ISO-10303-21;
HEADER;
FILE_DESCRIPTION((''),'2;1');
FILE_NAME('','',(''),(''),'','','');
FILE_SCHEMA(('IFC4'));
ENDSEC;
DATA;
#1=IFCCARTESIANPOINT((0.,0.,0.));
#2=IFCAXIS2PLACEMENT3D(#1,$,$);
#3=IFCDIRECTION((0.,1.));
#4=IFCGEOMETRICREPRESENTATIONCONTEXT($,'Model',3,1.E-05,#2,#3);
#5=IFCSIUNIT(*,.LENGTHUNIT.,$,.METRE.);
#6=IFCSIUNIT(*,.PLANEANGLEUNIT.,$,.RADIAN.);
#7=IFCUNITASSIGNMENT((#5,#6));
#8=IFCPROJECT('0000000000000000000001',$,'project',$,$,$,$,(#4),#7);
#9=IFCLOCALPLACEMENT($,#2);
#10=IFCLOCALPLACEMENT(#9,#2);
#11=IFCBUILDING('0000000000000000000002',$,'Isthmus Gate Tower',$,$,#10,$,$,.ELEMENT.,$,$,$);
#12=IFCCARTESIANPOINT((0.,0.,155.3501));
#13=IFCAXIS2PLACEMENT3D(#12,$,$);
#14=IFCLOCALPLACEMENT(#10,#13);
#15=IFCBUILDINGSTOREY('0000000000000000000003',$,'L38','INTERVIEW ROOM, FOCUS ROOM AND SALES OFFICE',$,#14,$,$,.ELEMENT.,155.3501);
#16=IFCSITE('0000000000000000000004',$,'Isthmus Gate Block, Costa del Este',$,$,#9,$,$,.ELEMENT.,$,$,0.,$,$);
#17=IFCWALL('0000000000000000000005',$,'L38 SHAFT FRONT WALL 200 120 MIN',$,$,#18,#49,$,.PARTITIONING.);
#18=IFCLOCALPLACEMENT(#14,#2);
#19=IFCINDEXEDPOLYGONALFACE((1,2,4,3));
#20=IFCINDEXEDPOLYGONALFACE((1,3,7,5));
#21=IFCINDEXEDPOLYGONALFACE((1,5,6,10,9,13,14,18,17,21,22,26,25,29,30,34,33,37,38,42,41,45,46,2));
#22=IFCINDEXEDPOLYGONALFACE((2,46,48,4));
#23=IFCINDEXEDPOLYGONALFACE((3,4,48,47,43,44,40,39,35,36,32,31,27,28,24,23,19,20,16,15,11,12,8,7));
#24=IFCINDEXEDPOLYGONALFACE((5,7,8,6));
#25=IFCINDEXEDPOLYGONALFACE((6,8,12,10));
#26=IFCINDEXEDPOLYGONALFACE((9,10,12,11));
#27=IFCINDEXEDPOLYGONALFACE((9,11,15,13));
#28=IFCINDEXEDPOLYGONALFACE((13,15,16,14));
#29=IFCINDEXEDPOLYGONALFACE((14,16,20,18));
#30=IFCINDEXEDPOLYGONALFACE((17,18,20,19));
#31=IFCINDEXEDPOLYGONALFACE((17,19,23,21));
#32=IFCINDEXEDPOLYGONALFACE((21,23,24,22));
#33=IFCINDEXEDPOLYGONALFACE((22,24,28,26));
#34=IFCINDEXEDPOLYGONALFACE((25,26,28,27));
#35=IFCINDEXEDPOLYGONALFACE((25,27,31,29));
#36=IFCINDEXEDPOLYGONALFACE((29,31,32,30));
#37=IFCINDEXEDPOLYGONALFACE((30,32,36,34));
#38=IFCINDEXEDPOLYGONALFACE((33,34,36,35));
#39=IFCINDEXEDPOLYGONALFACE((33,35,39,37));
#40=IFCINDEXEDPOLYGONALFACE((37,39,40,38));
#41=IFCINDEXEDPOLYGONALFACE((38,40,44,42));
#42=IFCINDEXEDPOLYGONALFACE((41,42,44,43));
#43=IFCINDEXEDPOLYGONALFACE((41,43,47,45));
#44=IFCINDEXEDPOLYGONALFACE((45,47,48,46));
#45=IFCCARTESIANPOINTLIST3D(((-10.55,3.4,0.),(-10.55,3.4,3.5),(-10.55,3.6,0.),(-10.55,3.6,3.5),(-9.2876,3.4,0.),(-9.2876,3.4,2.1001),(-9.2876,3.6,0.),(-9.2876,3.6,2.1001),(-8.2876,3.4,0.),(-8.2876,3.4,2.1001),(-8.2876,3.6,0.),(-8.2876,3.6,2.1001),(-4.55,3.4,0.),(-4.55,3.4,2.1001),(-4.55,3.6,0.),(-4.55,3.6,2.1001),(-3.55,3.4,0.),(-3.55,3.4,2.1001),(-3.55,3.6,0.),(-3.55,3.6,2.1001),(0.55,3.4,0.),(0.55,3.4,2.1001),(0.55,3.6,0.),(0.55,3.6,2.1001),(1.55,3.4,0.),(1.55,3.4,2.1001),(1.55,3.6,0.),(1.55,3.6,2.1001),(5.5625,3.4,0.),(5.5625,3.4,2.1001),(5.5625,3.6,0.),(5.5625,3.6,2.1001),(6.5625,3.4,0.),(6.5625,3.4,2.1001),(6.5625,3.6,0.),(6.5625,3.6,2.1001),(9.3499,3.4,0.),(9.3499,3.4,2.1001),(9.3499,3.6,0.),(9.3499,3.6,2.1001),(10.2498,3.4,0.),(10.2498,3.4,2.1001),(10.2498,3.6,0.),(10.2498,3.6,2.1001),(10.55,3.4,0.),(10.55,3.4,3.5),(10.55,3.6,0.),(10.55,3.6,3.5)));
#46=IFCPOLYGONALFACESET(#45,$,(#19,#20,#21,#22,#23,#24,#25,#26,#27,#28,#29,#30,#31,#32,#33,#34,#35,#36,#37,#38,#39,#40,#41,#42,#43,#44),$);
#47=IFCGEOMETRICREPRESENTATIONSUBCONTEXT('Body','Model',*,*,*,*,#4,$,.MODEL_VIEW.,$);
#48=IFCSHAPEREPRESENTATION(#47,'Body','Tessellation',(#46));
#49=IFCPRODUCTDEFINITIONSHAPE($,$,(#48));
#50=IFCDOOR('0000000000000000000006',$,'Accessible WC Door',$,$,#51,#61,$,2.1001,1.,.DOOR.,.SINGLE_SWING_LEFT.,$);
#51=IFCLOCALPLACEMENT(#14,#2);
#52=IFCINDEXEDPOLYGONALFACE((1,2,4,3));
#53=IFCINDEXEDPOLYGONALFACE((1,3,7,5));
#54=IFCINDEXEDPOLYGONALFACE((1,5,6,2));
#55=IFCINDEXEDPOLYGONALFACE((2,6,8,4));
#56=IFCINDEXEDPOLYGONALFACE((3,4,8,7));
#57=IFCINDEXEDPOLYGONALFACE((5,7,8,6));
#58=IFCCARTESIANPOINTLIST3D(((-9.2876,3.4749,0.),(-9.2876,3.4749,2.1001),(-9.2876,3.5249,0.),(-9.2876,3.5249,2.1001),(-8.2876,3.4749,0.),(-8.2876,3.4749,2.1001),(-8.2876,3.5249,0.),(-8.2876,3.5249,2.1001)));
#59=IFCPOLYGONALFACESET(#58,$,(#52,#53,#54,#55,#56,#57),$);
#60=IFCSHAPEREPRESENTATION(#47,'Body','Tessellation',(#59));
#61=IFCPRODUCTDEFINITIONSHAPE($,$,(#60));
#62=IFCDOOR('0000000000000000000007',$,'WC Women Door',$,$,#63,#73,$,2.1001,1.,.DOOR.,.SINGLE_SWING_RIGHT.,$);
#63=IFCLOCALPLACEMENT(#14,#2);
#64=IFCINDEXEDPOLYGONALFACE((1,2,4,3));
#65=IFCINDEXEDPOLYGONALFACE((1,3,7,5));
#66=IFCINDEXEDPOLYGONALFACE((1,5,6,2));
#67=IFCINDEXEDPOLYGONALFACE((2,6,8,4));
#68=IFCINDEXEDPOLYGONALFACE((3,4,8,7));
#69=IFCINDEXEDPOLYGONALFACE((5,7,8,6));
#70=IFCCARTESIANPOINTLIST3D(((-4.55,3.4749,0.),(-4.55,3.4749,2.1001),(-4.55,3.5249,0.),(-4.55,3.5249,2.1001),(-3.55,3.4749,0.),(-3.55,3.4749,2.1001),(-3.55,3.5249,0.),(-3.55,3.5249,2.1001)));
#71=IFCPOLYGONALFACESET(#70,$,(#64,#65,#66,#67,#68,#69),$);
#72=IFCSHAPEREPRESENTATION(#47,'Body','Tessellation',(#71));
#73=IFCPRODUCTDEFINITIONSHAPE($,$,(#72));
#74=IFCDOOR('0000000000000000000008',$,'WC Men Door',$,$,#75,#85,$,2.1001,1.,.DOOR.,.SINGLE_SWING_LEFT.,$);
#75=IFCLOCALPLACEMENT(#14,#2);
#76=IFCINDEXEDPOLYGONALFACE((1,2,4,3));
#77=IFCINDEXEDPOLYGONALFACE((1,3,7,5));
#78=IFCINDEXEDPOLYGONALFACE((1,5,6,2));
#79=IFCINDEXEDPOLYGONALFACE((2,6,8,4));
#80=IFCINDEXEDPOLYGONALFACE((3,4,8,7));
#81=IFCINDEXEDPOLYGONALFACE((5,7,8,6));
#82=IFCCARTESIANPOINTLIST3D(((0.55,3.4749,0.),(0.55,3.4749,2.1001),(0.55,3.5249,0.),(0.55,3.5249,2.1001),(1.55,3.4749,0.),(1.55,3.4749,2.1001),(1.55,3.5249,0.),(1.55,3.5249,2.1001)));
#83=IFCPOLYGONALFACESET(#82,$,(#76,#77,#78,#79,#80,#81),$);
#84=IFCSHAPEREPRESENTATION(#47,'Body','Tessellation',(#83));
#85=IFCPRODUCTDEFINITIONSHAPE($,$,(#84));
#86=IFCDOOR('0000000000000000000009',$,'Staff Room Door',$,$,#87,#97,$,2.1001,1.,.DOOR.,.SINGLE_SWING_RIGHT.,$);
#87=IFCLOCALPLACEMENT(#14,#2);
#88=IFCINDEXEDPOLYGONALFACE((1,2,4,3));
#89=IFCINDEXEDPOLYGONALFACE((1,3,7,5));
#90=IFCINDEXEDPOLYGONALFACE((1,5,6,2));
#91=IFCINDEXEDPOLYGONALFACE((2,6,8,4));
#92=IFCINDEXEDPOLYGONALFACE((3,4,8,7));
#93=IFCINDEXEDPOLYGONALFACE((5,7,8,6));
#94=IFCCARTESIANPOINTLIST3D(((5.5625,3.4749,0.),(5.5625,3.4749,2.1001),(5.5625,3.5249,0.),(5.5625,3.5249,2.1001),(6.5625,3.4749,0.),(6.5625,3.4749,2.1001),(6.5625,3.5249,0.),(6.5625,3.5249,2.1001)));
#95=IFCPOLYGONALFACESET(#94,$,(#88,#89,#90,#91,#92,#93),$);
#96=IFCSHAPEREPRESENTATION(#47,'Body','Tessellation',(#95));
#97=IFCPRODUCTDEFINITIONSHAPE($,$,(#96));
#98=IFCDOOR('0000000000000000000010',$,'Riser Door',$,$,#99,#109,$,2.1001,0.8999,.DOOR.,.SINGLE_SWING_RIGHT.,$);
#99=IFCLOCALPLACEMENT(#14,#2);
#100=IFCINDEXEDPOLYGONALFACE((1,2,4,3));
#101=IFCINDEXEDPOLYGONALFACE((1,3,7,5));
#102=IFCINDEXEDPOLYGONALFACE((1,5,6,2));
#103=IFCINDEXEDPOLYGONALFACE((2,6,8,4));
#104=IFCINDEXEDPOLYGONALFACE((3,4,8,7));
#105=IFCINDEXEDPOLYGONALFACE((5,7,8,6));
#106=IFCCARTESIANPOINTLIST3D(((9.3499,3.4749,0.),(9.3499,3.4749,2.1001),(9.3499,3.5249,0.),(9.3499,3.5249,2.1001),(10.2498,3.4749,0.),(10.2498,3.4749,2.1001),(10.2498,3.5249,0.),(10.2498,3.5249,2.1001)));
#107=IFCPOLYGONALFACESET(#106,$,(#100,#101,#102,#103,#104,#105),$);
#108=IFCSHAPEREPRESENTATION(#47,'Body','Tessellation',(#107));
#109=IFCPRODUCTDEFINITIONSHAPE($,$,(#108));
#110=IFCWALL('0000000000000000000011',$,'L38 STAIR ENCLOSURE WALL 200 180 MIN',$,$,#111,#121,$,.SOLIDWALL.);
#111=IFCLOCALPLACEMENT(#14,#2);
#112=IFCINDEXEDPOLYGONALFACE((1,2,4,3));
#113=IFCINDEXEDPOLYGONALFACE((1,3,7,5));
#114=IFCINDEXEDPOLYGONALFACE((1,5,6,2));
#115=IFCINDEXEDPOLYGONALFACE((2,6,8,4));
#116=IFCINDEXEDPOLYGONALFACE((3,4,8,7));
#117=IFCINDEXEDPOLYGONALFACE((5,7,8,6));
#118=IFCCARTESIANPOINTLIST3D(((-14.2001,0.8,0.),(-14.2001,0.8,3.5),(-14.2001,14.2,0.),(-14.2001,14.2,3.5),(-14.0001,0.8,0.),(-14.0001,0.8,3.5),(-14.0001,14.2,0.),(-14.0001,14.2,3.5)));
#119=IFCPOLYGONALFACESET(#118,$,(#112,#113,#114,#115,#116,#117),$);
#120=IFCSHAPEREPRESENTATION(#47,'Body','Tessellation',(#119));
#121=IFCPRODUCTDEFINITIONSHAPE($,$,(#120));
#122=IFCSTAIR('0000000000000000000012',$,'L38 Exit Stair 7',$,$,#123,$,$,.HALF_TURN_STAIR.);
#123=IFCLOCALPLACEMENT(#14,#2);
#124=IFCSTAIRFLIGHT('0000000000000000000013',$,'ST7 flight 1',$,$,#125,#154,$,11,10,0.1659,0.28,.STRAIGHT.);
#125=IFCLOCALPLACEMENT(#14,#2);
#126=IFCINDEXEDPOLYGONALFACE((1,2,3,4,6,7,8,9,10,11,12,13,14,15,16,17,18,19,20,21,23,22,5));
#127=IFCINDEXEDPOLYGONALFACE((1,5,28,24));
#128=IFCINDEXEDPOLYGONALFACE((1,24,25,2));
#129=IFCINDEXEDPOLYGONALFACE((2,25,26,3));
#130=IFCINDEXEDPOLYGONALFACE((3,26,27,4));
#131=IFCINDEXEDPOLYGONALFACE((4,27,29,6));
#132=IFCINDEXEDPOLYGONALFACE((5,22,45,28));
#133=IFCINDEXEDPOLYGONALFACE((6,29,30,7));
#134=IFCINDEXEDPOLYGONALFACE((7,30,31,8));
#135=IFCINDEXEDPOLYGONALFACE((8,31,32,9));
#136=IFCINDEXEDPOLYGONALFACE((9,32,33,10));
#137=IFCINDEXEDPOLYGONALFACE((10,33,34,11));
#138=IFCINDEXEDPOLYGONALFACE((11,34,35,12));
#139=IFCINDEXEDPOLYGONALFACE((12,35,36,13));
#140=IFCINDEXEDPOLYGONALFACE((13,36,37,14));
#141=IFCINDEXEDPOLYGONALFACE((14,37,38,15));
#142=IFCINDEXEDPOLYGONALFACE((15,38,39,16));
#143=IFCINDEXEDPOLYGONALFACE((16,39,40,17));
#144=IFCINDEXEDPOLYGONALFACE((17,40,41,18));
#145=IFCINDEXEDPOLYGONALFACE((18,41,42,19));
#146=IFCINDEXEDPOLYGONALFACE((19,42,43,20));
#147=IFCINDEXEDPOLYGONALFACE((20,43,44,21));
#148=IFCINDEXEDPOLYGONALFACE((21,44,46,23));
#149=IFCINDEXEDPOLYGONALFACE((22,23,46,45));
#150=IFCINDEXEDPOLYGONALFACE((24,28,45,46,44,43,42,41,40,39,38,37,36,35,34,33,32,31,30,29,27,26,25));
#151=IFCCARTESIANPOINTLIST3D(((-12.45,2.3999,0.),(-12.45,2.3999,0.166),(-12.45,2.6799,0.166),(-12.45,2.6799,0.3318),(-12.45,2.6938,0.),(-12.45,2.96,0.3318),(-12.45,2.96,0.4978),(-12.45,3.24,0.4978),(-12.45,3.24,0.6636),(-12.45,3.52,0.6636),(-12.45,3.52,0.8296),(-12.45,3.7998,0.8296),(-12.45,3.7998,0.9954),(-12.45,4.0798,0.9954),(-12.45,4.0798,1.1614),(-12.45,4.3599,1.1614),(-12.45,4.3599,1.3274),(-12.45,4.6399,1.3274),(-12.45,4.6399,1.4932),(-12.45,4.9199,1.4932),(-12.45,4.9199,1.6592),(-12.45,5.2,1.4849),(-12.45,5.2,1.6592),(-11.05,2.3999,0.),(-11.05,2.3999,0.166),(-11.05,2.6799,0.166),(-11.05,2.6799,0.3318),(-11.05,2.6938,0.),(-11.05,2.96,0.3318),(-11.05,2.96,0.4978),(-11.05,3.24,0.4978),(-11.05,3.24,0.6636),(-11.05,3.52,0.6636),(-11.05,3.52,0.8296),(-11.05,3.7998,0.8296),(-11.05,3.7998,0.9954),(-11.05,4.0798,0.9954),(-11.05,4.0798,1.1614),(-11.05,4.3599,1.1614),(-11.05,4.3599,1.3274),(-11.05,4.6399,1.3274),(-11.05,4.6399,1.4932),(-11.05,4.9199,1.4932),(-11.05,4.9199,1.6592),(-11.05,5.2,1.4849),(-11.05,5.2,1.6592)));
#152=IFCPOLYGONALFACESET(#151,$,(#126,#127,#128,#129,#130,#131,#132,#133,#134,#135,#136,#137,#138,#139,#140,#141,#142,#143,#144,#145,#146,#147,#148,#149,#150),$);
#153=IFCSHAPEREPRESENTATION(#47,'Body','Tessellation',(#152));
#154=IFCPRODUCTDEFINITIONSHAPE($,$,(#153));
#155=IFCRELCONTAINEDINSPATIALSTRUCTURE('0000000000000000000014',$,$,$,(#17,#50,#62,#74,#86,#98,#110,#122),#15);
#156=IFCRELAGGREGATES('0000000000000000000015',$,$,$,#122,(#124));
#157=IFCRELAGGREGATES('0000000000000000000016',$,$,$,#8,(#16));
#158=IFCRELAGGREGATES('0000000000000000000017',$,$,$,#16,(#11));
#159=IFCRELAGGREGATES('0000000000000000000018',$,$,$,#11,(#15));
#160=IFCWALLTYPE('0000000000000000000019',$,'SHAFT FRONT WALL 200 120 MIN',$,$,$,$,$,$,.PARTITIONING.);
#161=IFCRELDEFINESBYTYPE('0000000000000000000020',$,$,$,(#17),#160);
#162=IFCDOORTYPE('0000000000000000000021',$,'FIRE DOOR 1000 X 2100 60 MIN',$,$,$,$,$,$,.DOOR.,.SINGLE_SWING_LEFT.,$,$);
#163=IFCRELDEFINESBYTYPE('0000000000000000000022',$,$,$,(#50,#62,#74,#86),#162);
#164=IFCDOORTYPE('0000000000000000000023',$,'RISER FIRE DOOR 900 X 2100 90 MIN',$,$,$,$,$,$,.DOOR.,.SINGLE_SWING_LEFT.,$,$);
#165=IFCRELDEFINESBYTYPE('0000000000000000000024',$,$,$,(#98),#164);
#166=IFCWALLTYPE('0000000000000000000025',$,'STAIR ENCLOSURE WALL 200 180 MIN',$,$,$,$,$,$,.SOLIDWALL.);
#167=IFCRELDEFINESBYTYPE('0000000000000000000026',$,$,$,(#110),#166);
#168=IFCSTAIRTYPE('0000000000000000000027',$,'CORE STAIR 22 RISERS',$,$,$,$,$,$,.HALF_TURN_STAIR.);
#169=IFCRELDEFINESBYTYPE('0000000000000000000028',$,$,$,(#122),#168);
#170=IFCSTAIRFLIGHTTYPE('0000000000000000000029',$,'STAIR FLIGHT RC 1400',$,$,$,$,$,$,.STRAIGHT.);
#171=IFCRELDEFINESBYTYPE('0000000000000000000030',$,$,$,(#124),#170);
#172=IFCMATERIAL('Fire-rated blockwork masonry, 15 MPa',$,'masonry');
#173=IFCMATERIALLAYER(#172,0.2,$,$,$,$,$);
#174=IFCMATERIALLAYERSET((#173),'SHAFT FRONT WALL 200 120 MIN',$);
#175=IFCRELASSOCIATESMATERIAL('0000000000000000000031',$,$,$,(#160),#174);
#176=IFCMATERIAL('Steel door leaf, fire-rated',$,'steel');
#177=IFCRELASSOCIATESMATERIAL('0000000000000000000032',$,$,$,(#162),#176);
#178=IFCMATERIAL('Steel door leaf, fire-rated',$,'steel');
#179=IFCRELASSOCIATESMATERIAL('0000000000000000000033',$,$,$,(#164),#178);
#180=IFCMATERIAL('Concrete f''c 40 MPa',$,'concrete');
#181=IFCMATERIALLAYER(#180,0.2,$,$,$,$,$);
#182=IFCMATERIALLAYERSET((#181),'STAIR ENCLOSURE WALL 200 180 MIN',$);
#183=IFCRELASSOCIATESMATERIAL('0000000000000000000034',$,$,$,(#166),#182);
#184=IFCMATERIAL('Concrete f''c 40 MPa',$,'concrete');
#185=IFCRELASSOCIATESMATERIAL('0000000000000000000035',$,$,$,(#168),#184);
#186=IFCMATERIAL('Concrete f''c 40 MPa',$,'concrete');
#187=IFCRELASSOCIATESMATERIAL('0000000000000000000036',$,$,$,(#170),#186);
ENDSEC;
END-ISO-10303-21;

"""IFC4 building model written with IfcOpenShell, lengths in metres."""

from ifc_helpers import new_model, si_unit, direction, frame, frame_2d, origin, place, context, subcontext, project, spatial, polyline, rectangle, outline, extrude, material, layer, layer_set, type_object, element, fill, aggregate, save


model = new_model("IFC4")

# Units and contexts
model_context = context("Model", 3, precision=1e-05, world=origin(), true_north=direction((0.0, 1.0)))
body_context = subcontext(model_context, "Body", "Model", "MODEL_VIEW")
ifc_project = project(units=[si_unit("LENGTHUNIT", "METRE"), si_unit("PLANEANGLEUNIT", "RADIAN")], contexts=[model_context])

# Site, building, storey
site_placement = place(None, origin())
site = spatial("IfcSite", under=ifc_project, at=site_placement, Name="Isthmus Gate Block, Costa del Este", CompositionType="ELEMENT", RefElevation=0.0)
building_placement = place(site_placement, origin())
building = spatial("IfcBuilding", under=site, at=building_placement, Name="Isthmus Gate Tower", CompositionType="ELEMENT")
storey_placement = place(building_placement, frame((0.0, 0.0, 155.3501)))
storey = spatial("IfcBuildingStorey", under=building, at=storey_placement, Name="L38", Description="INTERVIEW ROOM, FOCUS ROOM AND SALES OFFICE", CompositionType="ELEMENT", Elevation=155.3501)

# Wall, openings, doors
ifc_material_1 = material(Name="Fire-rated blockwork masonry, 15 MPa", Category="masonry")
ifc_layer_1 = layer(ifc_material_1, 0.2)
ifc_layer_set_1 = layer_set([ifc_layer_1], Name="SHAFT FRONT WALL 200 120 MIN")
wall_type_1 = type_object("IfcWallType", Name="SHAFT FRONT WALL 200 120 MIN", PredefinedType="PARTITIONING", material=ifc_layer_set_1)
wall_1_placement = place(storey_placement, frame((-10.55, 3.5, 0.0), z_axis=(0.0, 0.0, 1.0), x_axis=(1.0, 0.0, 0.0)))
wall_1 = element("IfcWall", 1, at=wall_1_placement, inside=storey, type_object=wall_type_1, Name="L38 SHAFT FRONT WALL 200 120 MIN", PredefinedType="PARTITIONING", context=body_context, shape_type="SweptSolid", body=[
    extrude(rectangle(XDim=21.1001, YDim=0.2, at=frame_2d((10.55, 0.0))), origin(), (0.0, 0.0, 1.0), 3.5),
])
opening_1_placement = place(wall_1_placement, frame((1.2625, 0.0, 0.0)))
opening_1 = element("IfcOpeningElement", 2, at=opening_1_placement, cuts=wall_1, PredefinedType="OPENING", context=body_context, shape_type="SweptSolid", body=[
    extrude(rectangle(XDim=1.0, YDim=2.1001, at=frame_2d((0.5, 1.05))), frame((0.0, 0.1099, 0.0), z_axis=(0.0, -1.0, 0.0), x_axis=(1.0, 0.0, 0.0)), (0.0, 0.0, 1.0), 0.22),
])
opening_2_placement = place(wall_1_placement, frame((6.0, 0.0, 0.0)))
opening_2 = element("IfcOpeningElement", 3, at=opening_2_placement, cuts=wall_1, PredefinedType="OPENING", context=body_context, shape_type="SweptSolid", body=[
    extrude(rectangle(XDim=1.0, YDim=2.1001, at=frame_2d((0.5, 1.05))), frame((0.0, 0.1099, 0.0), z_axis=(0.0, -1.0, 0.0), x_axis=(1.0, 0.0, 0.0)), (0.0, 0.0, 1.0), 0.22),
])
opening_3_placement = place(wall_1_placement, frame((11.1001, 0.0, 0.0)))
opening_3 = element("IfcOpeningElement", 4, at=opening_3_placement, cuts=wall_1, PredefinedType="OPENING", context=body_context, shape_type="SweptSolid", body=[
    extrude(rectangle(XDim=1.0, YDim=2.1001, at=frame_2d((0.5, 1.05))), frame((0.0, 0.1099, 0.0), z_axis=(0.0, -1.0, 0.0), x_axis=(1.0, 0.0, 0.0)), (0.0, 0.0, 1.0), 0.22),
])
opening_4_placement = place(wall_1_placement, frame((16.1125, 0.0, 0.0)))
opening_4 = element("IfcOpeningElement", 5, at=opening_4_placement, cuts=wall_1, PredefinedType="OPENING", context=body_context, shape_type="SweptSolid", body=[
    extrude(rectangle(XDim=1.0, YDim=2.1001, at=frame_2d((0.5, 1.05))), frame((0.0, 0.1099, 0.0), z_axis=(0.0, -1.0, 0.0), x_axis=(1.0, 0.0, 0.0)), (0.0, 0.0, 1.0), 0.22),
])
opening_5_placement = place(wall_1_placement, frame((19.8999, 0.0, 0.0)))
opening_5 = element("IfcOpeningElement", 6, at=opening_5_placement, cuts=wall_1, PredefinedType="OPENING", context=body_context, shape_type="SweptSolid", body=[
    extrude(rectangle(XDim=0.8999, YDim=2.1001, at=frame_2d((0.45, 1.05))), frame((0.0, 0.1099, 0.0), z_axis=(0.0, -1.0, 0.0), x_axis=(1.0, 0.0, 0.0)), (0.0, 0.0, 1.0), 0.22),
])
ifc_material_2 = material(Name="Steel door leaf, fire-rated", Category="steel")
door_type_1 = type_object("IfcDoorType", Name="FIRE DOOR 1000 X 2100 60 MIN", OperationType="SINGLE_SWING_LEFT", PredefinedType="DOOR", material=ifc_material_2)
door_1_placement = place(opening_1_placement, origin())
door_1 = element("IfcDoor", 7, at=door_1_placement, inside=storey, type_object=door_type_1, Name="Accessible WC Door", OperationType="SINGLE_SWING_LEFT", OverallHeight=2.1001, OverallWidth=1.0, PredefinedType="DOOR", context=body_context, shape_type="SweptSolid", body=[
    extrude(rectangle(XDim=1.0, YDim=2.1001, at=frame_2d((0.5, 1.05))), frame((0.0, 0.0249, 0.0), z_axis=(0.0, -1.0, 0.0), x_axis=(1.0, 0.0, 0.0)), (0.0, 0.0, 1.0), 0.05),
])
fill(opening_1, door_1)
door_2_placement = place(opening_2_placement, origin())
door_2 = element("IfcDoor", 8, at=door_2_placement, inside=storey, type_object=door_type_1, Name="WC Women Door", OperationType="SINGLE_SWING_RIGHT", OverallHeight=2.1001, OverallWidth=1.0, PredefinedType="DOOR", context=body_context, shape_type="SweptSolid", body=[
    extrude(rectangle(XDim=1.0, YDim=2.1001, at=frame_2d((0.5, 1.05))), frame((0.0, 0.0249, 0.0), z_axis=(0.0, -1.0, 0.0), x_axis=(1.0, 0.0, 0.0)), (0.0, 0.0, 1.0), 0.05),
])
fill(opening_2, door_2)
door_3_placement = place(opening_3_placement, origin())
door_3 = element("IfcDoor", 9, at=door_3_placement, inside=storey, type_object=door_type_1, Name="WC Men Door", OperationType="SINGLE_SWING_LEFT", OverallHeight=2.1001, OverallWidth=1.0, PredefinedType="DOOR", context=body_context, shape_type="SweptSolid", body=[
    extrude(rectangle(XDim=1.0, YDim=2.1001, at=frame_2d((0.5, 1.05))), frame((0.0, 0.0249, 0.0), z_axis=(0.0, -1.0, 0.0), x_axis=(1.0, 0.0, 0.0)), (0.0, 0.0, 1.0), 0.05),
])
fill(opening_3, door_3)
door_4_placement = place(opening_4_placement, origin())
door_4 = element("IfcDoor", 10, at=door_4_placement, inside=storey, type_object=door_type_1, Name="Staff Room Door", OperationType="SINGLE_SWING_RIGHT", OverallHeight=2.1001, OverallWidth=1.0, PredefinedType="DOOR", context=body_context, shape_type="SweptSolid", body=[
    extrude(rectangle(XDim=1.0, YDim=2.1001, at=frame_2d((0.5, 1.05))), frame((0.0, 0.0249, 0.0), z_axis=(0.0, -1.0, 0.0), x_axis=(1.0, 0.0, 0.0)), (0.0, 0.0, 1.0), 0.05),
])
fill(opening_4, door_4)
ifc_material_3 = material(Name="Steel door leaf, fire-rated", Category="steel")
door_type_2 = type_object("IfcDoorType", Name="RISER FIRE DOOR 900 X 2100 90 MIN", OperationType="SINGLE_SWING_LEFT", PredefinedType="DOOR", material=ifc_material_3)
door_5_placement = place(opening_5_placement, origin())
door_5 = element("IfcDoor", 11, at=door_5_placement, inside=storey, type_object=door_type_2, Name="Riser Door", OperationType="SINGLE_SWING_RIGHT", OverallHeight=2.1001, OverallWidth=0.8999, PredefinedType="DOOR", context=body_context, shape_type="SweptSolid", body=[
    extrude(rectangle(XDim=0.8999, YDim=2.1001, at=frame_2d((0.45, 1.05))), frame((0.0, 0.0249, 0.0), z_axis=(0.0, -1.0, 0.0), x_axis=(1.0, 0.0, 0.0)), (0.0, 0.0, 1.0), 0.05),
])
fill(opening_5, door_5)

# Wall
ifc_material_4 = material(Name="Concrete f'c 40 MPa", Category="concrete")
ifc_layer_2 = layer(ifc_material_4, 0.2)
ifc_layer_set_2 = layer_set([ifc_layer_2], Name="STAIR ENCLOSURE WALL 200 180 MIN")
wall_type_2 = type_object("IfcWallType", Name="STAIR ENCLOSURE WALL 200 180 MIN", PredefinedType="SOLIDWALL", material=ifc_layer_set_2)
wall_2_placement = place(storey_placement, frame((-14.1001, 0.8, 0.0), z_axis=(0.0, 0.0, 1.0), x_axis=(0.0, 1.0, 0.0)))
element("IfcWall", 12, at=wall_2_placement, inside=storey, type_object=wall_type_2, Name="L38 STAIR ENCLOSURE WALL 200 180 MIN", PredefinedType="SOLIDWALL", context=body_context, shape_type="SweptSolid", body=[
    extrude(rectangle(XDim=13.3999, YDim=0.2, at=frame_2d((6.7, 0.0))), origin(), (0.0, 0.0, 1.0), 3.5),
])

# Stair, stair flight
ifc_material_5 = material(Name="Concrete f'c 40 MPa", Category="concrete")
stair_type = type_object("IfcStairType", Name="CORE STAIR 22 RISERS", PredefinedType="HALF_TURN_STAIR", material=ifc_material_5)
stair_placement = place(storey_placement, origin())
stair = element("IfcStair", 13, at=stair_placement, inside=storey, type_object=stair_type, Name="L38 Exit Stair 7", PredefinedType="HALF_TURN_STAIR")
ifc_material_6 = material(Name="Concrete f'c 40 MPa", Category="concrete")
stair_flight_type = type_object("IfcStairFlightType", Name="STAIR FLIGHT RC 1400", PredefinedType="STRAIGHT", material=ifc_material_6)
stair_flight_placement = place(storey_placement, frame((-11.75, 2.3999, 0.0), z_axis=(0.0, 0.0, 1.0), x_axis=(0.0, 1.0, 0.0)))
stair_flight = element("IfcStairFlight", 14, at=stair_flight_placement, type_object=stair_flight_type, Name="ST7 flight 1", NumberOfRisers=11, NumberOfTreads=10, PredefinedType="STRAIGHT", RiserHeight=0.1659, TreadLength=0.28, context=body_context, shape_type="SweptSolid", body=[
    extrude(outline(polyline([(0.0, 0.0), (0.0, 0.166), (0.28, 0.166), (0.28, 0.3318), (0.5601, 0.3318), (0.5601, 0.4978), (0.8401, 0.4978), (0.8401, 0.6636), (1.1201, 0.6636), (1.1201, 0.8296), (1.3999, 0.8296), (1.3999, 0.9954), (1.6799, 0.9954), (1.6799, 1.1614), (1.96, 1.1614), (1.96, 1.3274), (2.24, 1.3274), (2.24, 1.4932), (2.52, 1.4932), (2.52, 1.6592), (2.8, 1.6592), (2.8, 1.825), (2.8, 1.4849), (0.2939, 0.0), (0.0, 0.0)])), frame((0.0, 0.7, 0.0), z_axis=(0.0, -1.0, 0.0), x_axis=(1.0, 0.0, 0.0)), (0.0, 0.0, 1.0), 1.3999),
])
aggregate(stair, [stair_flight])

save(model, "model.ifc")
